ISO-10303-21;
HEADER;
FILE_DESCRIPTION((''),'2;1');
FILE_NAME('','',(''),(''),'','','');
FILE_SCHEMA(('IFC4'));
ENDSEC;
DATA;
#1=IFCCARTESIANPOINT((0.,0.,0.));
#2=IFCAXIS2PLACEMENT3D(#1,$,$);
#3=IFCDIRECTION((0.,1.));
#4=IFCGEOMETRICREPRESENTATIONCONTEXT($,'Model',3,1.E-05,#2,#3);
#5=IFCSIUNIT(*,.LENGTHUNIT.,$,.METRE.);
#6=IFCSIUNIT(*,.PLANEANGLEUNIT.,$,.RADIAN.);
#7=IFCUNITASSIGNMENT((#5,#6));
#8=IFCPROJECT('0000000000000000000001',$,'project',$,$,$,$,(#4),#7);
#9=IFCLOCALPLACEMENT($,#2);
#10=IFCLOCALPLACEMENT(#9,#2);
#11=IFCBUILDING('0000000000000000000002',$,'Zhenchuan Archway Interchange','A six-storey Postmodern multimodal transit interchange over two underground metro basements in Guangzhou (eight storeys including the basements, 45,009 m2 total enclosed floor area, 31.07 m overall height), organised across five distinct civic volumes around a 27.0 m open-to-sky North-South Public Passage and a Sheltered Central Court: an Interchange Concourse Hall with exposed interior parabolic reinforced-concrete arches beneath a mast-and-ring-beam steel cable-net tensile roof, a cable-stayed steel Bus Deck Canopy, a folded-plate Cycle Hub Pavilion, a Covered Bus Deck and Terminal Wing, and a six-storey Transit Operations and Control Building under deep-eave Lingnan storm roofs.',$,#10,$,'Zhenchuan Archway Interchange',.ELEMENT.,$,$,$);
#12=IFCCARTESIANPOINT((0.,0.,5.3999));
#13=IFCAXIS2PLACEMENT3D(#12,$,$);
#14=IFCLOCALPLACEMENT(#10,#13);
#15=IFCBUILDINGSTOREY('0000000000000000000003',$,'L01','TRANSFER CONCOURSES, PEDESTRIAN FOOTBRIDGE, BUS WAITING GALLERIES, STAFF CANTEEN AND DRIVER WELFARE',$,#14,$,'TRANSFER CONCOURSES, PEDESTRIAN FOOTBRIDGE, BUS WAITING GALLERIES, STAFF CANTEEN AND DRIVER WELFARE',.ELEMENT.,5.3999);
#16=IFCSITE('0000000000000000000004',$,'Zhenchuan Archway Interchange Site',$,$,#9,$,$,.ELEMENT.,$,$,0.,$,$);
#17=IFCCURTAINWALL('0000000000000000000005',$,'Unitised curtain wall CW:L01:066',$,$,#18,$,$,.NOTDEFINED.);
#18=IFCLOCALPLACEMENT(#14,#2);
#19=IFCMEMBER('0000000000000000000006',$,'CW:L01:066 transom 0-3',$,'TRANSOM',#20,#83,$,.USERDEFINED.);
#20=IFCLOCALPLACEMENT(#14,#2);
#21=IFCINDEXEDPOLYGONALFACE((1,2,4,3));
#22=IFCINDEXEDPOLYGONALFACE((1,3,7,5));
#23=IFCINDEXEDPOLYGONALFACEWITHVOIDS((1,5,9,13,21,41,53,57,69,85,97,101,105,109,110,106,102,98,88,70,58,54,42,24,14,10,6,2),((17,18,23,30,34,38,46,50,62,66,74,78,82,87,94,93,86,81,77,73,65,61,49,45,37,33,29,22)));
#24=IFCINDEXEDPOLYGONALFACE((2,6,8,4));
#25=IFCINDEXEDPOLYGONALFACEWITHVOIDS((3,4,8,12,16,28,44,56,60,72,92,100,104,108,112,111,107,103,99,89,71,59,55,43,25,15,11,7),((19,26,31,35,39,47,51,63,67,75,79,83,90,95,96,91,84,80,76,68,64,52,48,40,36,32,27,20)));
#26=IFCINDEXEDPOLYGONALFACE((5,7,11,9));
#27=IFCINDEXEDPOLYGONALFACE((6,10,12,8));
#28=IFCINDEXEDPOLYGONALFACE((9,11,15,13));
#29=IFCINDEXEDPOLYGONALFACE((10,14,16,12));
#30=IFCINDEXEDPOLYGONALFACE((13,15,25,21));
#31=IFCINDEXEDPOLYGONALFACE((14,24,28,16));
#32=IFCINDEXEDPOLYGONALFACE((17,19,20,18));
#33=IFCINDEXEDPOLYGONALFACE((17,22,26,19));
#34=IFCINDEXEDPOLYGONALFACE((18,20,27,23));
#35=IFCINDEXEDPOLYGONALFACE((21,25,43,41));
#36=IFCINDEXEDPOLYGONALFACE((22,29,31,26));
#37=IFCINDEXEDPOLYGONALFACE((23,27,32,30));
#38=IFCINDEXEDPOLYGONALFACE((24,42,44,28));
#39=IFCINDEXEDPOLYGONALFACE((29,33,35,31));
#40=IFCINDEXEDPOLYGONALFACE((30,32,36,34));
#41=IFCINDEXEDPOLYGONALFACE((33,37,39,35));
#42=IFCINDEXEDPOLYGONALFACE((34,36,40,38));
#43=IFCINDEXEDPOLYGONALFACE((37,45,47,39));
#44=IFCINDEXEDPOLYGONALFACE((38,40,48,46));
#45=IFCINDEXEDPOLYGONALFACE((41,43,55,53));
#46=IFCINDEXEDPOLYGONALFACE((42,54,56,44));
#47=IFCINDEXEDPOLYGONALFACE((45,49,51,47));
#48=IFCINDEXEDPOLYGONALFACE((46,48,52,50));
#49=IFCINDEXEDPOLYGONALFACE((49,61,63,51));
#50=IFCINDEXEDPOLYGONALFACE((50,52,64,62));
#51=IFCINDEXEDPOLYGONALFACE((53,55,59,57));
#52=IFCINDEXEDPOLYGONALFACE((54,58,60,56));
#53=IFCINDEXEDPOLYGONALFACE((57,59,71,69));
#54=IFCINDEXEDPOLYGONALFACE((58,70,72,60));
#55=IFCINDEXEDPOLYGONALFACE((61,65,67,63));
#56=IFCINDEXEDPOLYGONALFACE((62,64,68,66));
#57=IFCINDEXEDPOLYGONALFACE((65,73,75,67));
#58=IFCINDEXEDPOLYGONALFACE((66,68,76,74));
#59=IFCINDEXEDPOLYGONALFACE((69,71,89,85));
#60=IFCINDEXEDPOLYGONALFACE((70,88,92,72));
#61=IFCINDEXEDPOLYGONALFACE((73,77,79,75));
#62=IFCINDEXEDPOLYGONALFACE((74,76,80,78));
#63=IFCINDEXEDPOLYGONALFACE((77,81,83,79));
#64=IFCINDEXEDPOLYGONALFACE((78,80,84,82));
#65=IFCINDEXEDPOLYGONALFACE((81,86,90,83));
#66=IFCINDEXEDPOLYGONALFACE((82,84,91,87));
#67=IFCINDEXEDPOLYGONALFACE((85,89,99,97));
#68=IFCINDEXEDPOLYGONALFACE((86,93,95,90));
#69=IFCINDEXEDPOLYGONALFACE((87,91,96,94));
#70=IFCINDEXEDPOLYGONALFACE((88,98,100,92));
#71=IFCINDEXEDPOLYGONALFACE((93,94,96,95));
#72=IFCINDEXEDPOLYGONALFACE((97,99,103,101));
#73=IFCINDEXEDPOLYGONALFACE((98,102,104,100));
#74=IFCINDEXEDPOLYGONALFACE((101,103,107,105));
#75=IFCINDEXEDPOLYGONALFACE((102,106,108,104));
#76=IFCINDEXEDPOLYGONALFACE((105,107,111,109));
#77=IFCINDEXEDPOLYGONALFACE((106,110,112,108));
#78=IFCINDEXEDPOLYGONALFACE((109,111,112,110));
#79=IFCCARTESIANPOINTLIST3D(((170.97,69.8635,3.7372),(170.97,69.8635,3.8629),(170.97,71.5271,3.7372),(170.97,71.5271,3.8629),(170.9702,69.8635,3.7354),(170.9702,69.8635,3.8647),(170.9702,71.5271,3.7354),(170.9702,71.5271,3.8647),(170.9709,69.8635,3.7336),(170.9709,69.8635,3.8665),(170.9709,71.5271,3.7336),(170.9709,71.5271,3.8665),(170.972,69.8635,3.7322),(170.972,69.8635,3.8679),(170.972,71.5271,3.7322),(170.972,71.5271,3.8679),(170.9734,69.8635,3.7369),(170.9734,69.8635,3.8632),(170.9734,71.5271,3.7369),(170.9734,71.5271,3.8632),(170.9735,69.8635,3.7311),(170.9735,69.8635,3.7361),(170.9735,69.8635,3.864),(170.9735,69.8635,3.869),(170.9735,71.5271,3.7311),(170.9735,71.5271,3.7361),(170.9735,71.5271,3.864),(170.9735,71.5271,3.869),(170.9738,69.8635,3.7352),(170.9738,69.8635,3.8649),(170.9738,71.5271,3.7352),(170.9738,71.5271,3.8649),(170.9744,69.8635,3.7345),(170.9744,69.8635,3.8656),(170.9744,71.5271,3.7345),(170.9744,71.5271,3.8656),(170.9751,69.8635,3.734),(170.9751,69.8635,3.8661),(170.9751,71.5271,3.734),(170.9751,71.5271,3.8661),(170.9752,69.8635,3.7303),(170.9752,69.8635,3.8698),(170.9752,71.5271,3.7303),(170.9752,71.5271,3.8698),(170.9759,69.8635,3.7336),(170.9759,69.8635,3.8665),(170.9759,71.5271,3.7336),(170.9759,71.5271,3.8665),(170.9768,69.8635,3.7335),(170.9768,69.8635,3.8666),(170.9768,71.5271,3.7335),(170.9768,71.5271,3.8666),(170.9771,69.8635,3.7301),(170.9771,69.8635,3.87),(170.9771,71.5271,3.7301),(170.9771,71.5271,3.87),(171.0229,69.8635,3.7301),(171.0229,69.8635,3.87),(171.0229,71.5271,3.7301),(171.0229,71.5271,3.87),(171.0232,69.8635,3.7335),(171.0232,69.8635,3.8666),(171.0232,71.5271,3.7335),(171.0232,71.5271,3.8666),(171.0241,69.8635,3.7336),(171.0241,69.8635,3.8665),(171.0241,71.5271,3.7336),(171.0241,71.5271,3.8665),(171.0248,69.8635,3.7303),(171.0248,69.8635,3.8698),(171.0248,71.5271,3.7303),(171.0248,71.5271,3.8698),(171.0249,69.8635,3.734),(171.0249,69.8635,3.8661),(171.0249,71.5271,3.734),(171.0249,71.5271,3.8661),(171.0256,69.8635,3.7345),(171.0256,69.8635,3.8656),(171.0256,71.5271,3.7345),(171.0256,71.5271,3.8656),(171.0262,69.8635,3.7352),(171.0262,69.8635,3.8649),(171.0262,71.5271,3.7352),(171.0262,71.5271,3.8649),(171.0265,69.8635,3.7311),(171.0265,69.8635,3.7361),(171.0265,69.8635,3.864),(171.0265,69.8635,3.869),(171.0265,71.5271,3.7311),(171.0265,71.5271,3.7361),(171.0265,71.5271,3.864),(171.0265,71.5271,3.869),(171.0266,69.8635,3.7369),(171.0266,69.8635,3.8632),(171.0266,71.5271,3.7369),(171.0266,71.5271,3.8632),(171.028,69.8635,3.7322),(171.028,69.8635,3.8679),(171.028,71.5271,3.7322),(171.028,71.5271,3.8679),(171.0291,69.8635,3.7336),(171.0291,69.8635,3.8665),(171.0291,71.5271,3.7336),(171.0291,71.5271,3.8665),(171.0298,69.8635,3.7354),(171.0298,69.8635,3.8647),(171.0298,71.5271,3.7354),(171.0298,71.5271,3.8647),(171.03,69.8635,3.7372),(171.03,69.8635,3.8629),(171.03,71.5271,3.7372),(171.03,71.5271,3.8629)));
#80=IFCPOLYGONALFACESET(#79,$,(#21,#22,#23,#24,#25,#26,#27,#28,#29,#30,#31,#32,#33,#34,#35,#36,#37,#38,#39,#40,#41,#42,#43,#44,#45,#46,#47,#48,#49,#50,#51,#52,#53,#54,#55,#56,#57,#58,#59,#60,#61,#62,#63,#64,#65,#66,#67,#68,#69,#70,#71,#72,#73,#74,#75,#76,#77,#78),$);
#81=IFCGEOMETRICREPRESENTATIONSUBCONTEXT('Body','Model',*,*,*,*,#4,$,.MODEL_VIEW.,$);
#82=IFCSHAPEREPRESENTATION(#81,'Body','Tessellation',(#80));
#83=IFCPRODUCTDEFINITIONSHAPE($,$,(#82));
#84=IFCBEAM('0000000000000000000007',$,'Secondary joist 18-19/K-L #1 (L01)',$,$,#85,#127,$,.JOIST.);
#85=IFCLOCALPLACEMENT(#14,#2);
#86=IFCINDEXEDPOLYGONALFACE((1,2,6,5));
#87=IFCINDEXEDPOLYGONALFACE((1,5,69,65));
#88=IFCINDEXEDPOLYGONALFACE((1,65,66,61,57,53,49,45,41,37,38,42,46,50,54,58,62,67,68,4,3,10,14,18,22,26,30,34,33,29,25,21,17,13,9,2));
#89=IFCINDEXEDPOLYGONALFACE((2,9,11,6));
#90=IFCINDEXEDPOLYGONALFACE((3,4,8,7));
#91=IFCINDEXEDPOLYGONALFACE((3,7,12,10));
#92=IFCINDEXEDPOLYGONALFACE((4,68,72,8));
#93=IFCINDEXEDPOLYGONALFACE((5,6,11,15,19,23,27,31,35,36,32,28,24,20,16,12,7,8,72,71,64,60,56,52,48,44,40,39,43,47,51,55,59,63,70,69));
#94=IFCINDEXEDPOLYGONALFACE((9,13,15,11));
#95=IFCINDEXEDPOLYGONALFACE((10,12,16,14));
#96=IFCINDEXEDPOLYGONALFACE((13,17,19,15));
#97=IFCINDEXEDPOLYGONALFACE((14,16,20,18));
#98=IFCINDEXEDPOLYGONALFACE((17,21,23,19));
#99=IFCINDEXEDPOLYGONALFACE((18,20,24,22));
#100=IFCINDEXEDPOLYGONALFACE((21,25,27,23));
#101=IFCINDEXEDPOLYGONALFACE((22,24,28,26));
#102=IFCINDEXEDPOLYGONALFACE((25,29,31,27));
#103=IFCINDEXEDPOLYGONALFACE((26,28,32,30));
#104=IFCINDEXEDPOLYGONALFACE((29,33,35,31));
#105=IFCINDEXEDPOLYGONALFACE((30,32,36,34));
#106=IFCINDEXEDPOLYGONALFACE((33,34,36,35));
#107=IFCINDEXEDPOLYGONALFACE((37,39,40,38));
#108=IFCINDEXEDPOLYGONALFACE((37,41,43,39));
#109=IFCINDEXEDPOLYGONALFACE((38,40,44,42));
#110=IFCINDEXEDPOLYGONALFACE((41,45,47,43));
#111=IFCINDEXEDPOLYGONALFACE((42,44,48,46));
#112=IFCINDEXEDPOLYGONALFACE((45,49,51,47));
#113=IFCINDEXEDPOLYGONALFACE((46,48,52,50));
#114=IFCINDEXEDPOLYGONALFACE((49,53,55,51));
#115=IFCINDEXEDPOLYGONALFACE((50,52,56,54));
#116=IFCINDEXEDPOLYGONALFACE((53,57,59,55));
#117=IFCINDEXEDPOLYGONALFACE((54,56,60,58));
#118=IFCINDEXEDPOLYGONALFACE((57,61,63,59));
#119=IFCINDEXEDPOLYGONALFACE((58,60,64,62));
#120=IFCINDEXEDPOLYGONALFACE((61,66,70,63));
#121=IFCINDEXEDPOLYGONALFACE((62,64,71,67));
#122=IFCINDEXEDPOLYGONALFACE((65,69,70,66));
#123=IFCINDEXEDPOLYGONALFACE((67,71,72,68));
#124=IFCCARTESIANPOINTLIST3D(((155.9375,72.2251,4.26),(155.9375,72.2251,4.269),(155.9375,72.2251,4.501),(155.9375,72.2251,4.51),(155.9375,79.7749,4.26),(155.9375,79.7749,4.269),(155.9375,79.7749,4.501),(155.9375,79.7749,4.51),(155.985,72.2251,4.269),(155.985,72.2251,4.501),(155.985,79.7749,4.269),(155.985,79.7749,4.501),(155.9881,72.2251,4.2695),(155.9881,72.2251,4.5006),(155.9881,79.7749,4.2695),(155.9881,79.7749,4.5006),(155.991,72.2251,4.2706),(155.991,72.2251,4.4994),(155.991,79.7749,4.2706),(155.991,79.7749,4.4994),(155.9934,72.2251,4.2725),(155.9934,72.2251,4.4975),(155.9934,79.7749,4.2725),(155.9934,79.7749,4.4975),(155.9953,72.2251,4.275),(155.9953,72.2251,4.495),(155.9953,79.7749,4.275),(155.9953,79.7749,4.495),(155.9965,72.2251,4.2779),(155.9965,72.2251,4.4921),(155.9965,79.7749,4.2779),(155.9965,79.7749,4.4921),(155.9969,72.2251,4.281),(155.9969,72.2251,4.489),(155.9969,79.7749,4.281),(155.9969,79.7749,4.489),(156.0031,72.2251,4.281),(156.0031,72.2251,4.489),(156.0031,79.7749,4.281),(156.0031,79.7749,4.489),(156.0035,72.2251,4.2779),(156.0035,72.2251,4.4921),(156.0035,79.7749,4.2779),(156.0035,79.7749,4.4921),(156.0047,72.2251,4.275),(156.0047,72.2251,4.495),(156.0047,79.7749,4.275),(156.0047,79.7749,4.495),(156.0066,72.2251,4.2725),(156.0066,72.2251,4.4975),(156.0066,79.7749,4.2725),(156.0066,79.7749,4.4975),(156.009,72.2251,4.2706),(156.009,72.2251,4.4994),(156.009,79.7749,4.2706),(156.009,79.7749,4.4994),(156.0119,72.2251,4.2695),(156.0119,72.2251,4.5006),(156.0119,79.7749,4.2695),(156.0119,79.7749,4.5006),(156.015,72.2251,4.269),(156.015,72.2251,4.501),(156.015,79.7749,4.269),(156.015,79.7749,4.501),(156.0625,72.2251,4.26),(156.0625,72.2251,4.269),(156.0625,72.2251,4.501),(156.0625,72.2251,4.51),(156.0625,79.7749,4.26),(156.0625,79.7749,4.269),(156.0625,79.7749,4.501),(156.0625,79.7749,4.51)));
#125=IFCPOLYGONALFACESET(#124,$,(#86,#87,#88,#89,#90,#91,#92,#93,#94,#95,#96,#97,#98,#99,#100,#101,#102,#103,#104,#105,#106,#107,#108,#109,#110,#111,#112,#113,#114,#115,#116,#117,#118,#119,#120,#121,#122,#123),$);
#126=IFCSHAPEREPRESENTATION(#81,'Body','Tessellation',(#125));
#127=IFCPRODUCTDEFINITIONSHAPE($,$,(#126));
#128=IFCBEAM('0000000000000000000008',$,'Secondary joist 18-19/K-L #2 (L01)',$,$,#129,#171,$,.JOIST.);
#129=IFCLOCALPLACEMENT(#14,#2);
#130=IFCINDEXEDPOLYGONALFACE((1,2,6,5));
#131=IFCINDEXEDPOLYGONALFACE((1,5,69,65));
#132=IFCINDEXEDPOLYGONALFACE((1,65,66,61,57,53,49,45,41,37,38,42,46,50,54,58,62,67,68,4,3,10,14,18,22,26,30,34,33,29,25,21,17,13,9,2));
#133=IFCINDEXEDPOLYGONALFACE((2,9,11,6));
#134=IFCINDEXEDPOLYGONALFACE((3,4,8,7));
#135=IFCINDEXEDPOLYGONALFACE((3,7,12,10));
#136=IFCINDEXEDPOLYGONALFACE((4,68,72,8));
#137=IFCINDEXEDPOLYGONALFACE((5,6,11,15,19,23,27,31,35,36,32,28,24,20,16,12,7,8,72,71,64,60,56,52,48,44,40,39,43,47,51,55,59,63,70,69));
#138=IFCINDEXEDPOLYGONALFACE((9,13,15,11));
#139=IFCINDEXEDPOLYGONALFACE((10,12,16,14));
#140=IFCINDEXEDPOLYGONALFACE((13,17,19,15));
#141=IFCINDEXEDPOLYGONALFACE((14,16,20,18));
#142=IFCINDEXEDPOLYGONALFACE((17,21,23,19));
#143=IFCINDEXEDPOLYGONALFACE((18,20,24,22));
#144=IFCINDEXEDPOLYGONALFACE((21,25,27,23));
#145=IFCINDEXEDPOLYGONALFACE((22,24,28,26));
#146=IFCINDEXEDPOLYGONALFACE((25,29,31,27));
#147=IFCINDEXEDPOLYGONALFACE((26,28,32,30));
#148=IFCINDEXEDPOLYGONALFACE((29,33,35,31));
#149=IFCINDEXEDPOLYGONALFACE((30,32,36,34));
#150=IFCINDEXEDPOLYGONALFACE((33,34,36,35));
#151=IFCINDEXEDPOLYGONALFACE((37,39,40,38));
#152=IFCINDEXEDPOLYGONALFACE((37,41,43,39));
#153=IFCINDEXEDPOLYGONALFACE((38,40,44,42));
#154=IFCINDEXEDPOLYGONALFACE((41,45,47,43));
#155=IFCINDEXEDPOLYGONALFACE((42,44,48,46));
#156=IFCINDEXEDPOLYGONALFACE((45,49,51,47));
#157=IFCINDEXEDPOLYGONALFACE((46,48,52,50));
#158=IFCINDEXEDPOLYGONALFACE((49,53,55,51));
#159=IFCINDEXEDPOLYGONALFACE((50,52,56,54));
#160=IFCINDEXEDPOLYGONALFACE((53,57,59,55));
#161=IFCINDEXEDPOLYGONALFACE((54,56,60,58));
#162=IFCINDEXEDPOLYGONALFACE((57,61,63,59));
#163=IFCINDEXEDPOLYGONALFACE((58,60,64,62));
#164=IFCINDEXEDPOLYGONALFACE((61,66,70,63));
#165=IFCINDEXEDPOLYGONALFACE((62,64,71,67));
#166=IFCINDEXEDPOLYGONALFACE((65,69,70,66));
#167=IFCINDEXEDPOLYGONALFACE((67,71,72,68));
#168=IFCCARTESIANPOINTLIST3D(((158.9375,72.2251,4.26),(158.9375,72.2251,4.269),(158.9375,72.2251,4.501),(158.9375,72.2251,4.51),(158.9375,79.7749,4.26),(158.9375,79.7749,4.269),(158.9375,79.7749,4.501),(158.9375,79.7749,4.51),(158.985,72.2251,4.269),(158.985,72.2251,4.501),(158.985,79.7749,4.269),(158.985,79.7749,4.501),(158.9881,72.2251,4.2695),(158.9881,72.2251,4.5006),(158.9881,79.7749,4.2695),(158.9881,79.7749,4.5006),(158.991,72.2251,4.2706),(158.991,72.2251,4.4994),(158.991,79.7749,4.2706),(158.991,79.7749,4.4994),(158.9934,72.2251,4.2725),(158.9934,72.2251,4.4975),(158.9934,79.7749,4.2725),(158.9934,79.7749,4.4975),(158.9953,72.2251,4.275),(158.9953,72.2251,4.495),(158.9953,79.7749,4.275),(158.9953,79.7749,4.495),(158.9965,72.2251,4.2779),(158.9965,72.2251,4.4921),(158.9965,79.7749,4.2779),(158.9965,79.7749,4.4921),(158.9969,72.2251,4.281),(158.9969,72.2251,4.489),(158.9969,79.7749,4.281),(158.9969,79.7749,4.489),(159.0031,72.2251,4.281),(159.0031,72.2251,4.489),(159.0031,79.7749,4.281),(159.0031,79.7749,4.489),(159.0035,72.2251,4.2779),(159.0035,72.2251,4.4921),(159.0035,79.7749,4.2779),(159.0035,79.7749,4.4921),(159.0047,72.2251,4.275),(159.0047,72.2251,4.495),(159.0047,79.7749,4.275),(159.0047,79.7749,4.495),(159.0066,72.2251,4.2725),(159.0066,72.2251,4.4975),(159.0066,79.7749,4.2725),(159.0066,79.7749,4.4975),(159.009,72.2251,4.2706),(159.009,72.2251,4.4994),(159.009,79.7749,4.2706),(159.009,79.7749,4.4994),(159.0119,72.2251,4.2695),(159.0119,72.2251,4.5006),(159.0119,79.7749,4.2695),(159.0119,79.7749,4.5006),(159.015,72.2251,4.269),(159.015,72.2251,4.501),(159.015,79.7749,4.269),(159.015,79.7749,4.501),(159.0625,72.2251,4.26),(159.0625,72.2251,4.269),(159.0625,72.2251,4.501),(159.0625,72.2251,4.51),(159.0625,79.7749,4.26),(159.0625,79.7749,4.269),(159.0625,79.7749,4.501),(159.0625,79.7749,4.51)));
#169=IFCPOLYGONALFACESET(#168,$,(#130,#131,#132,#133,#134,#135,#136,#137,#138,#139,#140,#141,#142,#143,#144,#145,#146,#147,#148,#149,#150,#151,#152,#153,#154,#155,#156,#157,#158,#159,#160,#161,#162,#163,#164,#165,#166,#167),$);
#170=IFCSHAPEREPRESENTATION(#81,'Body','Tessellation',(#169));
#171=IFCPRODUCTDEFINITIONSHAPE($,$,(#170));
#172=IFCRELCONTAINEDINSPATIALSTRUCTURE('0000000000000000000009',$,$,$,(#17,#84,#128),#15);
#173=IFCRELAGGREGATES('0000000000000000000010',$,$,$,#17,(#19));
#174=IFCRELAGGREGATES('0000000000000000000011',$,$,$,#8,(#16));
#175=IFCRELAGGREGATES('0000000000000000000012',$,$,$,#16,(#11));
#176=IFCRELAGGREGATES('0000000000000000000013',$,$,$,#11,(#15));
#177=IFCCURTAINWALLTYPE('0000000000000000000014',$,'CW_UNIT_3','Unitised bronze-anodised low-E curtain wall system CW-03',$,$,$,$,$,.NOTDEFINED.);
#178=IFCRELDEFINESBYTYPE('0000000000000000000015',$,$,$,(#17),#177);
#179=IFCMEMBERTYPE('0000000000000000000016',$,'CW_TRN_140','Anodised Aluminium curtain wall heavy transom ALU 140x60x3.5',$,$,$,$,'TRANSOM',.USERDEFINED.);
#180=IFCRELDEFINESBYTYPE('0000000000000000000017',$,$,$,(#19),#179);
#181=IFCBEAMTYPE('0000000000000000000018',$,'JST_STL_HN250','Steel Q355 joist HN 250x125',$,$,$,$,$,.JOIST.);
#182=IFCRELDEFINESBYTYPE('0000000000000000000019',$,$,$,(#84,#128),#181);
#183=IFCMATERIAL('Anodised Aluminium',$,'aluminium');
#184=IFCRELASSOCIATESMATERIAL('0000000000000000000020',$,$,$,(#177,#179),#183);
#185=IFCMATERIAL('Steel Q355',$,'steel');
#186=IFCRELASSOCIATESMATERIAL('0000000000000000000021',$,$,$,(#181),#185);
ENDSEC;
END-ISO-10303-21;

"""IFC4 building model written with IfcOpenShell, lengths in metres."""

from ifc_helpers import new_model, si_unit, direction, frame, origin, origin_2d, place, context, subcontext, project, spatial, hollow_rectangle, i_section, extrude, material, material_profile, profile_set, type_object, element, aggregate, save


model = new_model("IFC4")

# Units and contexts
model_context = context("Model", 3, precision=1e-05, world=origin(), true_north=direction((0.0, 1.0)))
body_context = subcontext(model_context, "Body", "Model", "MODEL_VIEW")
ifc_project = project(units=[si_unit("LENGTHUNIT", "METRE"), si_unit("PLANEANGLEUNIT", "RADIAN")], contexts=[model_context])

# Site, building, storey
site_placement = place(None, origin())
site = spatial("IfcSite", under=ifc_project, at=site_placement, Name="Zhenchuan Archway Interchange Site", CompositionType="ELEMENT", RefElevation=0.0)
building_placement = place(site_placement, origin())
building = spatial("IfcBuilding", under=site, at=building_placement, Name="Zhenchuan Archway Interchange", Description="A six-storey Postmodern multimodal transit interchange over two underground metro basements in Guangzhou (eight storeys including the basements, 45,009 m2 total enclosed floor area, 31.07 m overall height), organised across five distinct civic volumes around a 27.0 m open-to-sky North-South Public Passage and a Sheltered Central Court: an Interchange Concourse Hall with exposed interior parabolic reinforced-concrete arches beneath a mast-and-ring-beam steel cable-net tensile roof, a cable-stayed steel Bus Deck Canopy, a folded-plate Cycle Hub Pavilion, a Covered Bus Deck and Terminal Wing, and a six-storey Transit Operations and Control Building under deep-eave Lingnan storm roofs.", LongName="Zhenchuan Archway Interchange", CompositionType="ELEMENT")
storey_placement = place(building_placement, frame((0.0, 0.0, 5.3999)))
storey = spatial("IfcBuildingStorey", under=building, at=storey_placement, Name="L01", Description="TRANSFER CONCOURSES, PEDESTRIAN FOOTBRIDGE, BUS WAITING GALLERIES, STAFF CANTEEN AND DRIVER WELFARE", LongName="TRANSFER CONCOURSES, PEDESTRIAN FOOTBRIDGE, BUS WAITING GALLERIES, STAFF CANTEEN AND DRIVER WELFARE", CompositionType="ELEMENT", Elevation=5.3999)

# Curtain wall, member
ifc_material_1 = material(Name="Anodised Aluminium", Category="aluminium")
curtain_wall_type = type_object("IfcCurtainWallType", Name="CW_UNIT_3", Description="Unitised bronze-anodised low-E curtain wall system CW-03", PredefinedType="NOTDEFINED", material=ifc_material_1)
curtain_wall_placement = place(storey_placement, origin())
curtain_wall = element("IfcCurtainWall", 1, at=curtain_wall_placement, inside=storey, type_object=curtain_wall_type, Name="Unitised curtain wall CW:L01:066", PredefinedType="NOTDEFINED")
ifc_material_profile_1 = material_profile(ifc_material_1, hollow_rectangle(XDim=0.0601, YDim=0.1399, WallThickness=0.0034, InnerFilletRadius=0.0034, OuterFilletRadius=0.0071, at=origin_2d()), Name="ALU 140x60x3.5")
ifc_profile_set_1 = profile_set([ifc_material_profile_1], Name="Anodised Aluminium")
member_type_1 = type_object("IfcMemberType", Name="CW_TRN_140", Description="Anodised Aluminium curtain wall heavy transom ALU 140x60x3.5", ElementType="TRANSOM", PredefinedType="USERDEFINED", material=ifc_profile_set_1)
member_1_placement = place(storey_placement, frame((171.0, 71.5271, 3.8), z_axis=(0.0, -1.0, 0.0), x_axis=(1.0, 0.0, 0.0)))
member_1 = element("IfcMember", 2, at=member_1_placement, type_object=member_type_1, Name="CW:L01:066 transom 0-3", ObjectType="TRANSOM", PredefinedType="USERDEFINED", context=body_context, shape_type="SweptSolid", body=[
    extrude(hollow_rectangle(XDim=0.0601, YDim=0.1399, WallThickness=0.0034, InnerFilletRadius=0.0034, OuterFilletRadius=0.0071, at=origin_2d()), origin(), (0.0, 0.0, 1.0), 1.6636),
])

# Beams
ifc_material_2 = material(Name="Steel Q355", Category="steel")
ifc_material_profile_2 = material_profile(ifc_material_2, i_section(OverallWidth=0.125, OverallDepth=0.25, WebThickness=0.0061, FlangeThickness=0.009, FilletRadius=0.012, at=origin_2d()), Name="HN 250x125")
ifc_profile_set_2 = profile_set([ifc_material_profile_2], Name="Steel Q355")
beam_type_1 = type_object("IfcBeamType", Name="JST_STL_HN250", Description="Steel Q355 joist HN 250x125", PredefinedType="JOIST", material=ifc_profile_set_2)
for number, where, z_axis, x_axis, name in (
    (3, (156.0, 72.2251, 4.385), (0.0, 1.0, 0.0), (-1.0, 0.0, 0.0), "Secondary joist 18-19/K-L #1 (L01)"),
    (4, (159.0, 72.2251, 4.385), (0.0, 1.0, 0.0), (-1.0, 0.0, 0.0), "Secondary joist 18-19/K-L #2 (L01)"),
):
    element("IfcBeam", number, at=place(storey_placement, frame(where, z_axis=z_axis, x_axis=x_axis)), inside=storey, type_object=beam_type_1, Name=name, PredefinedType="JOIST", context=body_context, shape_type="SweptSolid", body=[
        extrude(i_section(OverallWidth=0.125, OverallDepth=0.25, WebThickness=0.0061, FlangeThickness=0.009, FilletRadius=0.012, at=origin_2d()), origin(), (0.0, 0.0, 1.0), 7.5498),
    ])

aggregate(curtain_wall, [member_1])

save(model, "model.ifc")
